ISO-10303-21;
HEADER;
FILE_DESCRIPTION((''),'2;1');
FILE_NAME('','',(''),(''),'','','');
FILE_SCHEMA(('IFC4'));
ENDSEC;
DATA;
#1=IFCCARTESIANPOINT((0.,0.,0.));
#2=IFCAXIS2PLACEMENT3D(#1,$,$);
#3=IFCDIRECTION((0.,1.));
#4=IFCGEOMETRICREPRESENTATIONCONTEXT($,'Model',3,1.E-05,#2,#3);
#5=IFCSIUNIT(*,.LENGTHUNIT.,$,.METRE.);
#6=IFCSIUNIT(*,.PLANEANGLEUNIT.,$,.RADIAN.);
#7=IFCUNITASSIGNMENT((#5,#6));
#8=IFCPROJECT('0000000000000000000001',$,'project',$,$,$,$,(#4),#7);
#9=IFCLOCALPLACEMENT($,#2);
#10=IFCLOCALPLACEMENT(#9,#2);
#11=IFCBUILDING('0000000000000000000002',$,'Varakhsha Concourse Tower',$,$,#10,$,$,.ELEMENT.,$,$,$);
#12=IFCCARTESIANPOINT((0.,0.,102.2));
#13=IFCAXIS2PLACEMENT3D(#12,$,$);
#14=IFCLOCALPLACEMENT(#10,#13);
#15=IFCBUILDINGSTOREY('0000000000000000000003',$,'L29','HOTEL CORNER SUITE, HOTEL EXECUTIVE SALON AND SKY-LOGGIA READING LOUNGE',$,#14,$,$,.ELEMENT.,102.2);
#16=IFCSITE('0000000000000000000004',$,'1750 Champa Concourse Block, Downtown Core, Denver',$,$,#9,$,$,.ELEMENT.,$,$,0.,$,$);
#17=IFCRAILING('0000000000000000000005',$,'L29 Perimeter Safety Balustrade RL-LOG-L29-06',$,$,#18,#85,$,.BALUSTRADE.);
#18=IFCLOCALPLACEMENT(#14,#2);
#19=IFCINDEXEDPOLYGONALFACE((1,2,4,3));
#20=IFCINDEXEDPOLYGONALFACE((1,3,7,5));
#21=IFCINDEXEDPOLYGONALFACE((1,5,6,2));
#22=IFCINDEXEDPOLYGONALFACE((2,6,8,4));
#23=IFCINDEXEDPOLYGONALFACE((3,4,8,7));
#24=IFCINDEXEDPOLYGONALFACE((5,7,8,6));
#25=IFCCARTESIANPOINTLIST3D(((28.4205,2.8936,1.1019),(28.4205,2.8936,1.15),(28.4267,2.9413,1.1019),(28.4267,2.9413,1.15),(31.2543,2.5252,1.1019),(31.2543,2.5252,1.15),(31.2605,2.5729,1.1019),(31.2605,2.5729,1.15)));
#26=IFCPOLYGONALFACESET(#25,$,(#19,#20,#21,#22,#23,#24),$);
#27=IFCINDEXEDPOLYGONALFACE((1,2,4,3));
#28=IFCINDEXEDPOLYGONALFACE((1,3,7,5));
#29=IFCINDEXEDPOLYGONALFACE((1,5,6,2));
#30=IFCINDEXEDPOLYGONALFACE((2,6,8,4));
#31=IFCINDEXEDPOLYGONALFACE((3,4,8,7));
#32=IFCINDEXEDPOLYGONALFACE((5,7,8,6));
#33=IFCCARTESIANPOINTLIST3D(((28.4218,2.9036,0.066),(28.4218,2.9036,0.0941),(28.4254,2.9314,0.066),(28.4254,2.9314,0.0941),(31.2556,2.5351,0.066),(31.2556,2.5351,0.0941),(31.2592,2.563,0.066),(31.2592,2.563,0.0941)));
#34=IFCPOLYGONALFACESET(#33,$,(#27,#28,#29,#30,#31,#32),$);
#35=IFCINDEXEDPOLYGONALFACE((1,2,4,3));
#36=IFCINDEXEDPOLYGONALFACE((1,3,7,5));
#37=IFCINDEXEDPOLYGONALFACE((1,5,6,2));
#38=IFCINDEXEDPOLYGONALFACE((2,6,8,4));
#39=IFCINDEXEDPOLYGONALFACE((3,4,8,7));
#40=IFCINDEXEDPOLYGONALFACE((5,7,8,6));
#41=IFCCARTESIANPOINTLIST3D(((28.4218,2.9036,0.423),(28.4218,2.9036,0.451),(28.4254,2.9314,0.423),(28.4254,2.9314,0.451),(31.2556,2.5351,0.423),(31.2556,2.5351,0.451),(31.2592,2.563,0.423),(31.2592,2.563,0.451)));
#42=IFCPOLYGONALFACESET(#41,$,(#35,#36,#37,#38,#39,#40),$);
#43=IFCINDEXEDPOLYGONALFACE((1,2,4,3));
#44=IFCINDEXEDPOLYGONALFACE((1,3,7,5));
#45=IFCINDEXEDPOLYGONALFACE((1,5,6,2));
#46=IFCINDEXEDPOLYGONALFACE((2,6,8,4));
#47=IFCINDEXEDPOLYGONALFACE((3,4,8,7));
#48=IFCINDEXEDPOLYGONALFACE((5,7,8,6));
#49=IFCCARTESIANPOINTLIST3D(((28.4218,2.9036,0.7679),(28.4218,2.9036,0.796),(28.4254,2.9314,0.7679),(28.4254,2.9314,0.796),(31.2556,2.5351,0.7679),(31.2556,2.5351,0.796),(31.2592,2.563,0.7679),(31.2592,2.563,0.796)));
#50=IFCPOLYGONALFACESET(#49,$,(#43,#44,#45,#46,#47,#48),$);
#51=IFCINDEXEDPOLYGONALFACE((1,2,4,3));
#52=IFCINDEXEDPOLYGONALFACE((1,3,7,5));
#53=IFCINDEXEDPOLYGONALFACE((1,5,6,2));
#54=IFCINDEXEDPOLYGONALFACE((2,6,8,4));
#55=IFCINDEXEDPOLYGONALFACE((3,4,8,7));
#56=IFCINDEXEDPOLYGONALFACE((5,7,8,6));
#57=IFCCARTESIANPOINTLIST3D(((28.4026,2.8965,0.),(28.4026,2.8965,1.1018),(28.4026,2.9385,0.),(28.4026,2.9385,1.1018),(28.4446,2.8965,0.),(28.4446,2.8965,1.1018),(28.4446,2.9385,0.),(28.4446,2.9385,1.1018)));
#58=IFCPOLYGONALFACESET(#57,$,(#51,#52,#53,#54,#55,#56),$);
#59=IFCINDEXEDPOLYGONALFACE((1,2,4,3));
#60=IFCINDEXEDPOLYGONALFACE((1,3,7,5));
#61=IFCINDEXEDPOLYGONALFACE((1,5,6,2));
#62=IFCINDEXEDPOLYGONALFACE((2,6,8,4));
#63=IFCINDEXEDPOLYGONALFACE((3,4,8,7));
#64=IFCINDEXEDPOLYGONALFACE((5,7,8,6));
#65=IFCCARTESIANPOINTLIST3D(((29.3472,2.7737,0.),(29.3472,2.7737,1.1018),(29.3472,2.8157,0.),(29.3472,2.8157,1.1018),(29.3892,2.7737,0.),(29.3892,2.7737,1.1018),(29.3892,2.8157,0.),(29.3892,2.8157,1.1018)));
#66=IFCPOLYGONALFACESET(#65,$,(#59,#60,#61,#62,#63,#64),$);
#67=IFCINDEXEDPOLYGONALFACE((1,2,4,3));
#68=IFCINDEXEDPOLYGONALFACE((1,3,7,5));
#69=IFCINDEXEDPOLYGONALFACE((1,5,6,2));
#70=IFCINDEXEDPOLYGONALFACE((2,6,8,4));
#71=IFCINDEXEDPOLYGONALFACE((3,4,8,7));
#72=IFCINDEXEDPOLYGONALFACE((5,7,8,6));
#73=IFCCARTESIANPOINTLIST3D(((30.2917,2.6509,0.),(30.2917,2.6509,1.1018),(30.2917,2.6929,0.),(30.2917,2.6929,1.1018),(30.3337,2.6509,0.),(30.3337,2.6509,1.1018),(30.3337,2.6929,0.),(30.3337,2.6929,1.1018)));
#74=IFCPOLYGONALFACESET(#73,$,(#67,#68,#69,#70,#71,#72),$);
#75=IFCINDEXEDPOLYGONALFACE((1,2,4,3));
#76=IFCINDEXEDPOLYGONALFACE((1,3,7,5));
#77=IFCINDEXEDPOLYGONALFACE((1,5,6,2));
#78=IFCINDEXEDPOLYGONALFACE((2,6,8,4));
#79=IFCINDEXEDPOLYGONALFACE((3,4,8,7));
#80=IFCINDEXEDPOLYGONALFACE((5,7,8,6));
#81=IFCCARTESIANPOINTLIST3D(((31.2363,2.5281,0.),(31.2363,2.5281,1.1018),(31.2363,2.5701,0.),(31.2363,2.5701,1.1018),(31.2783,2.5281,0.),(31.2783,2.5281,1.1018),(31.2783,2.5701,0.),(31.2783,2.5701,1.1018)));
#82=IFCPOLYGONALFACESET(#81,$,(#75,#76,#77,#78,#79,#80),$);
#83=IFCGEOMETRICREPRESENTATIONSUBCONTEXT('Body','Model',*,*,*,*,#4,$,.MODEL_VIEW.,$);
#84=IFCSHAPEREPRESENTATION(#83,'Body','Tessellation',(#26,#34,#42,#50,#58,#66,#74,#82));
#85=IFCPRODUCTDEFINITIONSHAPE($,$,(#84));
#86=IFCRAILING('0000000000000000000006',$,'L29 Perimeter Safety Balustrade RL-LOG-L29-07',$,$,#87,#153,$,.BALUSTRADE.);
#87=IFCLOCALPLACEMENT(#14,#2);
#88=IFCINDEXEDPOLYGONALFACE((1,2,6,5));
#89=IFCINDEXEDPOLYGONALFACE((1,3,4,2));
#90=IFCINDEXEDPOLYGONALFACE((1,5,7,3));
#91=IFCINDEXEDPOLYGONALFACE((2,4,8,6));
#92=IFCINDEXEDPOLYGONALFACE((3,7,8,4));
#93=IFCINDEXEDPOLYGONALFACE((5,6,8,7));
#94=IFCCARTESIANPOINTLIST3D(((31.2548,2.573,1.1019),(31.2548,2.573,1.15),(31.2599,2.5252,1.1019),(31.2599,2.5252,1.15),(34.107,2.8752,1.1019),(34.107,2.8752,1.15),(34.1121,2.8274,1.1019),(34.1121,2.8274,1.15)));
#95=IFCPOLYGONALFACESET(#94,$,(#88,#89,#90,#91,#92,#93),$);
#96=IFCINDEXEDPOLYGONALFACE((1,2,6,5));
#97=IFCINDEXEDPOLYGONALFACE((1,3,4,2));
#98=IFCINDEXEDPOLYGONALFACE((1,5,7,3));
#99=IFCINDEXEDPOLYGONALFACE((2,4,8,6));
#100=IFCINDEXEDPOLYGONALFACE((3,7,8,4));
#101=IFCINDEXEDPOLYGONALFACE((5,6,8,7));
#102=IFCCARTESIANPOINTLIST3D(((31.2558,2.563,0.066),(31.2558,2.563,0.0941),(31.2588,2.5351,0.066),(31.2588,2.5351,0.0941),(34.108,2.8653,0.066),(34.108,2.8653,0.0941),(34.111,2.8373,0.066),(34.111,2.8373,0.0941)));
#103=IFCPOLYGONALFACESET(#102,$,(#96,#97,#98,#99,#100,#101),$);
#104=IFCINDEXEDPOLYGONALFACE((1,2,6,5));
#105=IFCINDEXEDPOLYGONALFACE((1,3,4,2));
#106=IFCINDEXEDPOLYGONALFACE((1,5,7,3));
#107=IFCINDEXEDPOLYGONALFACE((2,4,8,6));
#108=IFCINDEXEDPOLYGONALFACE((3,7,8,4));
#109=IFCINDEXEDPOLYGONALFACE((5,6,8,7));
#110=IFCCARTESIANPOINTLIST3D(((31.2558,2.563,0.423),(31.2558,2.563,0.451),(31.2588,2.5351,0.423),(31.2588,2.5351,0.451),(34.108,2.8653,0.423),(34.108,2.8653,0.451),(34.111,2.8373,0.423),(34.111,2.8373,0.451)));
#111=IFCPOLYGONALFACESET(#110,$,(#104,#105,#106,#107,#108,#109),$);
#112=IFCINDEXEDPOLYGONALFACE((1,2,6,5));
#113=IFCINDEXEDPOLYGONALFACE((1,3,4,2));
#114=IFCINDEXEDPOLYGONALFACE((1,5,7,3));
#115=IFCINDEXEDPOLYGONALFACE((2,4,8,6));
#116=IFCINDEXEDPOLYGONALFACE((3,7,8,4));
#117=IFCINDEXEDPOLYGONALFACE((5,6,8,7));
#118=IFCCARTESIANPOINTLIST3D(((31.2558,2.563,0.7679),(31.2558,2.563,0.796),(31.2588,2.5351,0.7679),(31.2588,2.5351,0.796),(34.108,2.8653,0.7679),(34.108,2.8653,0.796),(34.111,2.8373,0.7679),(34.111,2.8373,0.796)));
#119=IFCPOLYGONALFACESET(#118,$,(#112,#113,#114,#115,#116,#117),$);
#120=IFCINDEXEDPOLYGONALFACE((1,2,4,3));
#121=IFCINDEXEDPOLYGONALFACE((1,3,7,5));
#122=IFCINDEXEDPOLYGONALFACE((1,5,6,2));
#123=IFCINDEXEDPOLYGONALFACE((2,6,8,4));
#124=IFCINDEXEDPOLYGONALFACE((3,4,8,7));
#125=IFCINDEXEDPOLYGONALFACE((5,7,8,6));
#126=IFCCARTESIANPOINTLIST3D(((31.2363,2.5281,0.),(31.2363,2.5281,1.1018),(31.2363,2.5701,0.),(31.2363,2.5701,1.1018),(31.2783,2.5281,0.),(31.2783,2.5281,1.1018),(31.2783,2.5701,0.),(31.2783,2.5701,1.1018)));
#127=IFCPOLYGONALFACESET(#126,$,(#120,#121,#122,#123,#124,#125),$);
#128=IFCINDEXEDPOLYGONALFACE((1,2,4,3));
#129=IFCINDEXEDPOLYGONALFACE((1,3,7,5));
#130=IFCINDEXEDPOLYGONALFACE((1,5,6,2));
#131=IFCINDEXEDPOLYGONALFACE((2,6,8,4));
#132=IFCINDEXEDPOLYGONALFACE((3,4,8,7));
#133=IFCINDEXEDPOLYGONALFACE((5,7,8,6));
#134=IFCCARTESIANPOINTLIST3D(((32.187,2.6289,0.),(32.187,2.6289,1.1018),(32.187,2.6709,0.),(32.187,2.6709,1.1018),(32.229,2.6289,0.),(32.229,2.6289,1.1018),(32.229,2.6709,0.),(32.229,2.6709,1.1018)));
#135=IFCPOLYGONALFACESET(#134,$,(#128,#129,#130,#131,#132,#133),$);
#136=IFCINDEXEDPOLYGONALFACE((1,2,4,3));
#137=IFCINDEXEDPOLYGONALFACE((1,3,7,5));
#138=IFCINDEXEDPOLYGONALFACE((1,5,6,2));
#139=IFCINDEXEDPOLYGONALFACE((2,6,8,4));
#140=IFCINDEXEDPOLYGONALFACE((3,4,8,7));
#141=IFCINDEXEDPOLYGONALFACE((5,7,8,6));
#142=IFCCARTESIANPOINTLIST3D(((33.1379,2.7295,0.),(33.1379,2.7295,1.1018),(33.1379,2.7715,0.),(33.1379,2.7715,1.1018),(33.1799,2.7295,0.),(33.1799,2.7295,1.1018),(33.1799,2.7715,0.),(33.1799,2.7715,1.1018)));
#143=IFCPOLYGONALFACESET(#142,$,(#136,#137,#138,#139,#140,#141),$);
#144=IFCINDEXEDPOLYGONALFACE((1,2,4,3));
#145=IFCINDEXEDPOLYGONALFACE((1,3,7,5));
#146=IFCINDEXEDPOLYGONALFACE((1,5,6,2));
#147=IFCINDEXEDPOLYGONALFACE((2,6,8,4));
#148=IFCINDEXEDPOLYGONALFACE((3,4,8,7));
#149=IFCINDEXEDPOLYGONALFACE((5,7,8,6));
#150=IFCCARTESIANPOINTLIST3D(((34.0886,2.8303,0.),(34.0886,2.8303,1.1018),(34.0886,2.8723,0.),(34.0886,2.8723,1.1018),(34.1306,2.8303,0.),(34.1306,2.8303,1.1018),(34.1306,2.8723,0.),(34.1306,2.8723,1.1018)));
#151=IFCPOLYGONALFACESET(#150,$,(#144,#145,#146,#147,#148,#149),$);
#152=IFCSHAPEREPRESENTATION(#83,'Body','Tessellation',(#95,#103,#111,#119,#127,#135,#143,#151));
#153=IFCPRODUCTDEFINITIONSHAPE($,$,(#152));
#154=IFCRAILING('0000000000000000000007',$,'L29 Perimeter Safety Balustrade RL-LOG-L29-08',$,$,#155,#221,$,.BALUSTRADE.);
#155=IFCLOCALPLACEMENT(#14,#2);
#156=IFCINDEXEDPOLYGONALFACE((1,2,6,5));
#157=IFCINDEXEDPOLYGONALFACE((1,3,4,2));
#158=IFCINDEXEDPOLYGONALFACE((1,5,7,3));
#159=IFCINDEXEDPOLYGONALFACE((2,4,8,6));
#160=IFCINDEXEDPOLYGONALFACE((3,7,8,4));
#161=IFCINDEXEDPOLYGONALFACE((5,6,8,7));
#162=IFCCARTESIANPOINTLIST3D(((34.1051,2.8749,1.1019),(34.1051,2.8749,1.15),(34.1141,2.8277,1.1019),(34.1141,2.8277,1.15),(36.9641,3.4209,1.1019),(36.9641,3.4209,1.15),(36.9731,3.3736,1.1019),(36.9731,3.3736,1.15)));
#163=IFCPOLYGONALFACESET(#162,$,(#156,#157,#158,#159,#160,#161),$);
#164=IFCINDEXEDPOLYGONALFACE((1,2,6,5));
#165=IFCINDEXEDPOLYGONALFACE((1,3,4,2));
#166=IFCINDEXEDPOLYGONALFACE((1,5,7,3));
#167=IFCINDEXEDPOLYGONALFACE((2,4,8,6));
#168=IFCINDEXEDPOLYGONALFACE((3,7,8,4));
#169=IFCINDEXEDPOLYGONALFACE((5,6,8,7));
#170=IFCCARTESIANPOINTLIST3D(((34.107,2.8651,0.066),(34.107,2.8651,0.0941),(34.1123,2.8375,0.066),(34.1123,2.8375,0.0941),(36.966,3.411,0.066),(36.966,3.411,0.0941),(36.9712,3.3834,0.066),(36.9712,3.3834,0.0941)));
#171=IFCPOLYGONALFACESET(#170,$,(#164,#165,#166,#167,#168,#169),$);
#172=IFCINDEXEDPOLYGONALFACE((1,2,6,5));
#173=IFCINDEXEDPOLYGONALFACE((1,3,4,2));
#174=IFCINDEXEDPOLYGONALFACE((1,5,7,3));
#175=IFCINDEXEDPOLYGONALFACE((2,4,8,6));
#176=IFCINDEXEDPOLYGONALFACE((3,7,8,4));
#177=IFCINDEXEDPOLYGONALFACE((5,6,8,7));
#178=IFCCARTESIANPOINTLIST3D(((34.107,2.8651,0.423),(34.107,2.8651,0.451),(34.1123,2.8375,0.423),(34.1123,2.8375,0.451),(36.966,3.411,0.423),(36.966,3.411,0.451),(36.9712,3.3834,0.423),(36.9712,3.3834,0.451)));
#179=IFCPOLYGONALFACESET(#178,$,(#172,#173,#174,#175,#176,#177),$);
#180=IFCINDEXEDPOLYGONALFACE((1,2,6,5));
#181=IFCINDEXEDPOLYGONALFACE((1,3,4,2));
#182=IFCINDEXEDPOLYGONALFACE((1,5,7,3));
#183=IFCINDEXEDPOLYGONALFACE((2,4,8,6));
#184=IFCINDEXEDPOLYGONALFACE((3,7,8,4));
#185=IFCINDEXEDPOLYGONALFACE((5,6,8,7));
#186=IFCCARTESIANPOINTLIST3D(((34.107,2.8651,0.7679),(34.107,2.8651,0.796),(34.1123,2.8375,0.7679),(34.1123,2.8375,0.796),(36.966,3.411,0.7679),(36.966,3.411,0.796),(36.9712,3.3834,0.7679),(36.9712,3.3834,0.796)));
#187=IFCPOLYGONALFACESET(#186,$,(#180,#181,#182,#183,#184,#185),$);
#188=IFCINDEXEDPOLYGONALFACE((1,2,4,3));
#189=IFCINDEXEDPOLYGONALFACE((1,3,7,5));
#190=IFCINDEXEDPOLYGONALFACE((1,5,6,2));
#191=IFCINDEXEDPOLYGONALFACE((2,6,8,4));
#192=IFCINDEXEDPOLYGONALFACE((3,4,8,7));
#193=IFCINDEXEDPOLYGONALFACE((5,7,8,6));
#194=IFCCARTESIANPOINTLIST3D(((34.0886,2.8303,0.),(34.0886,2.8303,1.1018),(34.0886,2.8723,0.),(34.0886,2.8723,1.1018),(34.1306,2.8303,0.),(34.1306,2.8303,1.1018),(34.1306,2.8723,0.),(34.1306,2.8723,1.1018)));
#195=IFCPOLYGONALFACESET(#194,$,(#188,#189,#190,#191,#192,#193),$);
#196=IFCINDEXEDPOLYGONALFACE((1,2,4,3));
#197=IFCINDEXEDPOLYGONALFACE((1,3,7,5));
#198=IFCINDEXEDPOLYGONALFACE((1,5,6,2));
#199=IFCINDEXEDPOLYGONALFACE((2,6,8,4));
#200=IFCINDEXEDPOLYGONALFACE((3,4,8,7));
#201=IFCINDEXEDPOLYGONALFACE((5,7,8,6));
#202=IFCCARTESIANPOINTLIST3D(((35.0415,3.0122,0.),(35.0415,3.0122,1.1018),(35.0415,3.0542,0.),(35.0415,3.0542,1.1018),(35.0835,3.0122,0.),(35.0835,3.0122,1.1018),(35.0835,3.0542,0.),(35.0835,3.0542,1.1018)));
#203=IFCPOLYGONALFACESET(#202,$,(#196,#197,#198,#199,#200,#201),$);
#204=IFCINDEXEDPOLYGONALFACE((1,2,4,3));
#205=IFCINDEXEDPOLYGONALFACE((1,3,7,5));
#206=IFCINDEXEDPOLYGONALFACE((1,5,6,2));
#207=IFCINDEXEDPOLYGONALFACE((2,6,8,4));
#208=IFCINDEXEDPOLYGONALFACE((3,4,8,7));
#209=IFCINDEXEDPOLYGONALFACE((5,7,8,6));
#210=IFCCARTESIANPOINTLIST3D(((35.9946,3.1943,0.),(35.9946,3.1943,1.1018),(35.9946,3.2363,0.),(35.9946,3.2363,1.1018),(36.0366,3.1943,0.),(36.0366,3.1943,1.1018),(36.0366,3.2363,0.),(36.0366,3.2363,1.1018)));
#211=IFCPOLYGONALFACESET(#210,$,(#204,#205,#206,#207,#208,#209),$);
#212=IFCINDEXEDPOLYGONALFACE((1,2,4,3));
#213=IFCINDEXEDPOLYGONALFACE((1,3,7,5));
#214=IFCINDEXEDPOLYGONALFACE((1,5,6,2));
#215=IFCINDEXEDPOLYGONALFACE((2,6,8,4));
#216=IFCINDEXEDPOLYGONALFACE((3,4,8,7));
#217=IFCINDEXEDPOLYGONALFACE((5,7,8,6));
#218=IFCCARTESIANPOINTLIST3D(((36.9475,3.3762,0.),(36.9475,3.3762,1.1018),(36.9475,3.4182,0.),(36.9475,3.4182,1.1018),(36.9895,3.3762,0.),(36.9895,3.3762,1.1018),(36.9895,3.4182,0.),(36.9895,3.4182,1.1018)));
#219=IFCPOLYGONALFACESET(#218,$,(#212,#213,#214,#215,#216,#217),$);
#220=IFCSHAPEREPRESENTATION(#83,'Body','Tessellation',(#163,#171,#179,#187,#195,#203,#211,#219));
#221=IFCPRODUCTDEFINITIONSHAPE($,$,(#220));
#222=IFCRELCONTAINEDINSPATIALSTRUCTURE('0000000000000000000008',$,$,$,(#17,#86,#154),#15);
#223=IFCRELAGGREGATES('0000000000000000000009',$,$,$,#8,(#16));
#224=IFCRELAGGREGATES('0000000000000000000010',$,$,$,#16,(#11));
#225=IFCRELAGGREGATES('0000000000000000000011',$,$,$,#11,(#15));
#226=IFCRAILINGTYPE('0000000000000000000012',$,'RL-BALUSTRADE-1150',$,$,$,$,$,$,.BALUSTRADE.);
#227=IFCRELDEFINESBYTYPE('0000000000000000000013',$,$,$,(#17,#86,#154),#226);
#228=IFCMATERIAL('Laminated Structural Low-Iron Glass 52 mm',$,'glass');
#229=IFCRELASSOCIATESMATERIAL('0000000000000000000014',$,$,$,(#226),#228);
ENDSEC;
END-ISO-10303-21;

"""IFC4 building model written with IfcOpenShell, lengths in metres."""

from ifc_helpers import new_model, si_unit, direction, frame, origin, origin_2d, place, context, subcontext, project, spatial, rectangle, extrude, material, type_object, element, save


model = new_model("IFC4")

# Units and contexts
model_context = context("Model", 3, precision=1e-05, world=origin(), true_north=direction((0.0, 1.0)))
body_context = subcontext(model_context, "Body", "Model", "MODEL_VIEW")
ifc_project = project(units=[si_unit("LENGTHUNIT", "METRE"), si_unit("PLANEANGLEUNIT", "RADIAN")], contexts=[model_context])

# Site, building, storey
site_placement = place(None, origin())
site = spatial("IfcSite", under=ifc_project, at=site_placement, Name="1750 Champa Concourse Block, Downtown Core, Denver", CompositionType="ELEMENT", RefElevation=0.0)
building_placement = place(site_placement, origin())
building = spatial("IfcBuilding", under=site, at=building_placement, Name="Varakhsha Concourse Tower", CompositionType="ELEMENT")
storey_placement = place(building_placement, frame((0.0, 0.0, 102.2)))
storey = spatial("IfcBuildingStorey", under=building, at=storey_placement, Name="L29", Description="HOTEL CORNER SUITE, HOTEL EXECUTIVE SALON AND SKY-LOGGIA READING LOUNGE", CompositionType="ELEMENT", Elevation=102.2)

# Railings
ifc_material_1 = material(Name="Laminated Structural Low-Iron Glass 52 mm", Category="glass")
railing_type = type_object("IfcRailingType", Name="RL-BALUSTRADE-1150", PredefinedType="BALUSTRADE", material=ifc_material_1)
railing_1_placement = place(storey_placement, frame((28.4236, 2.9175, 0.0)))
element("IfcRailing", 1, at=railing_1_placement, inside=storey, type_object=railing_type, Name="L29 Perimeter Safety Balustrade RL-LOG-L29-06", PredefinedType="BALUSTRADE", context=body_context, shape_type="SweptSolid", body=[
    extrude(rectangle(XDim=0.0481, YDim=0.0481, at=origin_2d()), frame((0.0, 0.0, 1.126), z_axis=(0.991655, -0.128923, 0.0), x_axis=(0.128923, 0.991655, 0.0)), (0.0, 0.0, 1.0), 2.8577),
    extrude(rectangle(XDim=0.0281, YDim=0.0281, at=origin_2d()), frame((0.0, 0.0, 0.0801), z_axis=(0.991655, -0.128923, 0.0), x_axis=(0.128923, 0.991655, 0.0)), (0.0, 0.0, 1.0), 2.8577),
    extrude(rectangle(XDim=0.0281, YDim=0.0281, at=origin_2d()), frame((0.0, 0.0, 0.437), z_axis=(0.991655, -0.128923, 0.0), x_axis=(0.128923, 0.991655, 0.0)), (0.0, 0.0, 1.0), 2.8577),
    extrude(rectangle(XDim=0.0281, YDim=0.0281, at=origin_2d()), frame((0.0, 0.0, 0.782), z_axis=(0.991655, -0.128923, 0.0), x_axis=(0.128923, 0.991655, 0.0)), (0.0, 0.0, 1.0), 2.8577),
    extrude(rectangle(XDim=0.042, YDim=0.042, at=origin_2d()), origin(), (0.0, 0.0, 1.0), 1.1018),
    extrude(rectangle(XDim=0.042, YDim=0.042, at=origin_2d()), frame((0.9446, -0.1228, 0.0)), (0.0, 0.0, 1.0), 1.1018),
    extrude(rectangle(XDim=0.042, YDim=0.042, at=origin_2d()), frame((1.8892, -0.2456, 0.0)), (0.0, 0.0, 1.0), 1.1018),
    extrude(rectangle(XDim=0.042, YDim=0.042, at=origin_2d()), frame((2.8337, -0.3684, 0.0)), (0.0, 0.0, 1.0), 1.1018),
])
railing_2_placement = place(storey_placement, frame((31.2573, 2.5491, 0.0)))
element("IfcRailing", 2, at=railing_2_placement, inside=storey, type_object=railing_type, Name="L29 Perimeter Safety Balustrade RL-LOG-L29-07", PredefinedType="BALUSTRADE", context=body_context, shape_type="SweptSolid", body=[
    extrude(rectangle(XDim=0.0481, YDim=0.0481, at=origin_2d()), frame((0.0, 0.0, 1.126), z_axis=(0.994432, 0.105376, 0.0), x_axis=(-0.105376, 0.994432, 0.0)), (0.0, 0.0, 1.0), 2.8682),
    extrude(rectangle(XDim=0.0281, YDim=0.0281, at=origin_2d()), frame((0.0, 0.0, 0.0801), z_axis=(0.994432, 0.105376, 0.0), x_axis=(-0.105376, 0.994432, 0.0)), (0.0, 0.0, 1.0), 2.8682),
    extrude(rectangle(XDim=0.0281, YDim=0.0281, at=origin_2d()), frame((0.0, 0.0, 0.437), z_axis=(0.994432, 0.105376, 0.0), x_axis=(-0.105376, 0.994432, 0.0)), (0.0, 0.0, 1.0), 2.8682),
    extrude(rectangle(XDim=0.0281, YDim=0.0281, at=origin_2d()), frame((0.0, 0.0, 0.782), z_axis=(0.994432, 0.105376, 0.0), x_axis=(-0.105376, 0.994432, 0.0)), (0.0, 0.0, 1.0), 2.8682),
    extrude(rectangle(XDim=0.042, YDim=0.042, at=origin_2d()), origin(), (0.0, 0.0, 1.0), 1.1018),
    extrude(rectangle(XDim=0.042, YDim=0.042, at=origin_2d()), frame((0.9507, 0.1008, 0.0)), (0.0, 0.0, 1.0), 1.1018),
    extrude(rectangle(XDim=0.042, YDim=0.042, at=origin_2d()), frame((1.9016, 0.2014, 0.0)), (0.0, 0.0, 1.0), 1.1018),
    extrude(rectangle(XDim=0.042, YDim=0.042, at=origin_2d()), frame((2.8523, 0.3022, 0.0)), (0.0, 0.0, 1.0), 1.1018),
])
railing_3_placement = place(storey_placement, frame((34.1096, 2.8513, 0.0)))
element("IfcRailing", 3, at=railing_3_placement, inside=storey, type_object=railing_type, Name="L29 Perimeter Safety Balustrade RL-LOG-L29-08", PredefinedType="BALUSTRADE", context=body_context, shape_type="SweptSolid", body=[
    extrude(rectangle(XDim=0.0481, YDim=0.0481, at=origin_2d()), frame((0.0, 0.0, 1.126), z_axis=(0.982253, 0.187559, 0.0), x_axis=(-0.187559, 0.982253, 0.0)), (0.0, 0.0, 1.0), 2.9106),
    extrude(rectangle(XDim=0.0281, YDim=0.0281, at=origin_2d()), frame((0.0, 0.0, 0.0801), z_axis=(0.982253, 0.187559, 0.0), x_axis=(-0.187559, 0.982253, 0.0)), (0.0, 0.0, 1.0), 2.9106),
    extrude(rectangle(XDim=0.0281, YDim=0.0281, at=origin_2d()), frame((0.0, 0.0, 0.437), z_axis=(0.982253, 0.187559, 0.0), x_axis=(-0.187559, 0.982253, 0.0)), (0.0, 0.0, 1.0), 2.9106),
    extrude(rectangle(XDim=0.0281, YDim=0.0281, at=origin_2d()), frame((0.0, 0.0, 0.782), z_axis=(0.982253, 0.187559, 0.0), x_axis=(-0.187559, 0.982253, 0.0)), (0.0, 0.0, 1.0), 2.9106),
    extrude(rectangle(XDim=0.042, YDim=0.042, at=origin_2d()), origin(), (0.0, 0.0, 1.0), 1.1018),
    extrude(rectangle(XDim=0.042, YDim=0.042, at=origin_2d()), frame((0.9529, 0.1819, 0.0)), (0.0, 0.0, 1.0), 1.1018),
    extrude(rectangle(XDim=0.042, YDim=0.042, at=origin_2d()), frame((1.906, 0.364, 0.0)), (0.0, 0.0, 1.0), 1.1018),
    extrude(rectangle(XDim=0.042, YDim=0.042, at=origin_2d()), frame((2.8589, 0.5459, 0.0)), (0.0, 0.0, 1.0), 1.1018),
])

save(model, "model.ifc")
